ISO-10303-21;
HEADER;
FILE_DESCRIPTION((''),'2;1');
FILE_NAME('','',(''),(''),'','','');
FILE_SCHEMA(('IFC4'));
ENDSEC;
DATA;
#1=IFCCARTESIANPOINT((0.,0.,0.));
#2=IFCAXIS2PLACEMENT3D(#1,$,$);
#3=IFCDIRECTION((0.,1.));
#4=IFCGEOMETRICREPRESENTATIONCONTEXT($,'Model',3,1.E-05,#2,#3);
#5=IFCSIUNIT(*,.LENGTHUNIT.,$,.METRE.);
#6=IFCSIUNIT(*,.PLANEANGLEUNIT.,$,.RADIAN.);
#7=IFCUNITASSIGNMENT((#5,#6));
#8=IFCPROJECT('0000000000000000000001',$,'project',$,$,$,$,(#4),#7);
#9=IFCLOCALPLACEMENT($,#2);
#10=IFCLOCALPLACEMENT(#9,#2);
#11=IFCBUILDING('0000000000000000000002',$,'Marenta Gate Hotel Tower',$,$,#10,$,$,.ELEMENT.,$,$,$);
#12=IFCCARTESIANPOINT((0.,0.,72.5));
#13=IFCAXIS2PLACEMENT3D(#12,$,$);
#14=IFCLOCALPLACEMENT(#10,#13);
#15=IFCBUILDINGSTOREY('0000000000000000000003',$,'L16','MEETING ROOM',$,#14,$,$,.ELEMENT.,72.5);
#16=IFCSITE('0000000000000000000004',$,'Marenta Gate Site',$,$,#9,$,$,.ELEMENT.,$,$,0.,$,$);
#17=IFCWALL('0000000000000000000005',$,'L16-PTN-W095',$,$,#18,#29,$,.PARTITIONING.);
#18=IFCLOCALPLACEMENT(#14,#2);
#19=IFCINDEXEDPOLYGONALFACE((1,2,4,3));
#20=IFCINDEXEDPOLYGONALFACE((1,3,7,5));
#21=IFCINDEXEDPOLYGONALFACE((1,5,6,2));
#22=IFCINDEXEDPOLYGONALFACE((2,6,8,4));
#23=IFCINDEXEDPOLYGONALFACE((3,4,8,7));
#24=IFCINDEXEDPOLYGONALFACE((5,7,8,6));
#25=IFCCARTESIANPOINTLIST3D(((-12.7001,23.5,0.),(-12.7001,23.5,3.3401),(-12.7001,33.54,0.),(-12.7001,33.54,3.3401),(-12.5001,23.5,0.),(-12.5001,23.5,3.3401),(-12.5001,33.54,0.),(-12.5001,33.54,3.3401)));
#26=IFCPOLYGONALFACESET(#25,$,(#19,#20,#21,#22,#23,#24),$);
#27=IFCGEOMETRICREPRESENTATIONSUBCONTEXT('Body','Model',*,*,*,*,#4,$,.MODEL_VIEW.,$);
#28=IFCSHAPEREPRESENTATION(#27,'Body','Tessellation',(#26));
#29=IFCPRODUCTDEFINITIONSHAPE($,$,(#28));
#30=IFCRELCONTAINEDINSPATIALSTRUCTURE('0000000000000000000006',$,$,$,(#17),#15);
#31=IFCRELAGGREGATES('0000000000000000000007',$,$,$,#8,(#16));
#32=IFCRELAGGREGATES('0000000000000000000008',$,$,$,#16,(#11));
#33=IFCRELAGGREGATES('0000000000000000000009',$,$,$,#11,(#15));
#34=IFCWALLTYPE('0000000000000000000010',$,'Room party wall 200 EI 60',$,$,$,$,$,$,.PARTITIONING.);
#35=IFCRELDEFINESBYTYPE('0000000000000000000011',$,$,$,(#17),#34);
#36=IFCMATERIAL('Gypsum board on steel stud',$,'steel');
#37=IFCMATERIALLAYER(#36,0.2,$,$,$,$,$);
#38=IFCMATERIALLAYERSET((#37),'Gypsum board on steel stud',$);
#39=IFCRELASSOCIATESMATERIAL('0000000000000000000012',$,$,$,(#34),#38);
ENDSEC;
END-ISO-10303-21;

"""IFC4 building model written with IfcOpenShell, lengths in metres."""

from ifc_helpers import new_model, si_unit, direction, frame, frame_2d, origin, place, context, subcontext, project, spatial, rectangle, extrude, material, layer, layer_set, type_object, element, save


model = new_model("IFC4")

# Units and contexts
model_context = context("Model", 3, precision=1e-05, world=origin(), true_north=direction((0.0, 1.0)))
body_context = subcontext(model_context, "Body", "Model", "MODEL_VIEW")
ifc_project = project(units=[si_unit("LENGTHUNIT", "METRE"), si_unit("PLANEANGLEUNIT", "RADIAN")], contexts=[model_context])

# Site, building, storey
site_placement = place(None, origin())
site = spatial("IfcSite", under=ifc_project, at=site_placement, Name="Marenta Gate Site", CompositionType="ELEMENT", RefElevation=0.0)
building_placement = place(site_placement, origin())
building = spatial("IfcBuilding", under=site, at=building_placement, Name="Marenta Gate Hotel Tower", CompositionType="ELEMENT")
storey_placement = place(building_placement, frame((0.0, 0.0, 72.5)))
storey = spatial("IfcBuildingStorey", under=building, at=storey_placement, Name="L16", Description="MEETING ROOM", CompositionType="ELEMENT", Elevation=72.5)

# Wall
ifc_material_1 = material(Name="Gypsum board on steel stud", Category="steel")
ifc_layer_1 = layer(ifc_material_1, 0.2)
ifc_layer_set_1 = layer_set([ifc_layer_1], Name="Gypsum board on steel stud")
wall_type_1 = type_object("IfcWallType", Name="Room party wall 200 EI 60", PredefinedType="PARTITIONING", material=ifc_layer_set_1)
wall_1_placement = place(storey_placement, frame((-12.6001, 23.5, 0.0), z_axis=(0.0, 0.0, 1.0), x_axis=(0.0, 1.0, 0.0)))
element("IfcWall", 1, at=wall_1_placement, inside=storey, type_object=wall_type_1, Name="L16-PTN-W095", PredefinedType="PARTITIONING", context=body_context, shape_type="SweptSolid", body=[
    extrude(rectangle(XDim=10.04, YDim=0.2, at=frame_2d((5.02, 0.0))), origin(), (0.0, 0.0, 1.0), 3.3401),
])

save(model, "model.ifc")
